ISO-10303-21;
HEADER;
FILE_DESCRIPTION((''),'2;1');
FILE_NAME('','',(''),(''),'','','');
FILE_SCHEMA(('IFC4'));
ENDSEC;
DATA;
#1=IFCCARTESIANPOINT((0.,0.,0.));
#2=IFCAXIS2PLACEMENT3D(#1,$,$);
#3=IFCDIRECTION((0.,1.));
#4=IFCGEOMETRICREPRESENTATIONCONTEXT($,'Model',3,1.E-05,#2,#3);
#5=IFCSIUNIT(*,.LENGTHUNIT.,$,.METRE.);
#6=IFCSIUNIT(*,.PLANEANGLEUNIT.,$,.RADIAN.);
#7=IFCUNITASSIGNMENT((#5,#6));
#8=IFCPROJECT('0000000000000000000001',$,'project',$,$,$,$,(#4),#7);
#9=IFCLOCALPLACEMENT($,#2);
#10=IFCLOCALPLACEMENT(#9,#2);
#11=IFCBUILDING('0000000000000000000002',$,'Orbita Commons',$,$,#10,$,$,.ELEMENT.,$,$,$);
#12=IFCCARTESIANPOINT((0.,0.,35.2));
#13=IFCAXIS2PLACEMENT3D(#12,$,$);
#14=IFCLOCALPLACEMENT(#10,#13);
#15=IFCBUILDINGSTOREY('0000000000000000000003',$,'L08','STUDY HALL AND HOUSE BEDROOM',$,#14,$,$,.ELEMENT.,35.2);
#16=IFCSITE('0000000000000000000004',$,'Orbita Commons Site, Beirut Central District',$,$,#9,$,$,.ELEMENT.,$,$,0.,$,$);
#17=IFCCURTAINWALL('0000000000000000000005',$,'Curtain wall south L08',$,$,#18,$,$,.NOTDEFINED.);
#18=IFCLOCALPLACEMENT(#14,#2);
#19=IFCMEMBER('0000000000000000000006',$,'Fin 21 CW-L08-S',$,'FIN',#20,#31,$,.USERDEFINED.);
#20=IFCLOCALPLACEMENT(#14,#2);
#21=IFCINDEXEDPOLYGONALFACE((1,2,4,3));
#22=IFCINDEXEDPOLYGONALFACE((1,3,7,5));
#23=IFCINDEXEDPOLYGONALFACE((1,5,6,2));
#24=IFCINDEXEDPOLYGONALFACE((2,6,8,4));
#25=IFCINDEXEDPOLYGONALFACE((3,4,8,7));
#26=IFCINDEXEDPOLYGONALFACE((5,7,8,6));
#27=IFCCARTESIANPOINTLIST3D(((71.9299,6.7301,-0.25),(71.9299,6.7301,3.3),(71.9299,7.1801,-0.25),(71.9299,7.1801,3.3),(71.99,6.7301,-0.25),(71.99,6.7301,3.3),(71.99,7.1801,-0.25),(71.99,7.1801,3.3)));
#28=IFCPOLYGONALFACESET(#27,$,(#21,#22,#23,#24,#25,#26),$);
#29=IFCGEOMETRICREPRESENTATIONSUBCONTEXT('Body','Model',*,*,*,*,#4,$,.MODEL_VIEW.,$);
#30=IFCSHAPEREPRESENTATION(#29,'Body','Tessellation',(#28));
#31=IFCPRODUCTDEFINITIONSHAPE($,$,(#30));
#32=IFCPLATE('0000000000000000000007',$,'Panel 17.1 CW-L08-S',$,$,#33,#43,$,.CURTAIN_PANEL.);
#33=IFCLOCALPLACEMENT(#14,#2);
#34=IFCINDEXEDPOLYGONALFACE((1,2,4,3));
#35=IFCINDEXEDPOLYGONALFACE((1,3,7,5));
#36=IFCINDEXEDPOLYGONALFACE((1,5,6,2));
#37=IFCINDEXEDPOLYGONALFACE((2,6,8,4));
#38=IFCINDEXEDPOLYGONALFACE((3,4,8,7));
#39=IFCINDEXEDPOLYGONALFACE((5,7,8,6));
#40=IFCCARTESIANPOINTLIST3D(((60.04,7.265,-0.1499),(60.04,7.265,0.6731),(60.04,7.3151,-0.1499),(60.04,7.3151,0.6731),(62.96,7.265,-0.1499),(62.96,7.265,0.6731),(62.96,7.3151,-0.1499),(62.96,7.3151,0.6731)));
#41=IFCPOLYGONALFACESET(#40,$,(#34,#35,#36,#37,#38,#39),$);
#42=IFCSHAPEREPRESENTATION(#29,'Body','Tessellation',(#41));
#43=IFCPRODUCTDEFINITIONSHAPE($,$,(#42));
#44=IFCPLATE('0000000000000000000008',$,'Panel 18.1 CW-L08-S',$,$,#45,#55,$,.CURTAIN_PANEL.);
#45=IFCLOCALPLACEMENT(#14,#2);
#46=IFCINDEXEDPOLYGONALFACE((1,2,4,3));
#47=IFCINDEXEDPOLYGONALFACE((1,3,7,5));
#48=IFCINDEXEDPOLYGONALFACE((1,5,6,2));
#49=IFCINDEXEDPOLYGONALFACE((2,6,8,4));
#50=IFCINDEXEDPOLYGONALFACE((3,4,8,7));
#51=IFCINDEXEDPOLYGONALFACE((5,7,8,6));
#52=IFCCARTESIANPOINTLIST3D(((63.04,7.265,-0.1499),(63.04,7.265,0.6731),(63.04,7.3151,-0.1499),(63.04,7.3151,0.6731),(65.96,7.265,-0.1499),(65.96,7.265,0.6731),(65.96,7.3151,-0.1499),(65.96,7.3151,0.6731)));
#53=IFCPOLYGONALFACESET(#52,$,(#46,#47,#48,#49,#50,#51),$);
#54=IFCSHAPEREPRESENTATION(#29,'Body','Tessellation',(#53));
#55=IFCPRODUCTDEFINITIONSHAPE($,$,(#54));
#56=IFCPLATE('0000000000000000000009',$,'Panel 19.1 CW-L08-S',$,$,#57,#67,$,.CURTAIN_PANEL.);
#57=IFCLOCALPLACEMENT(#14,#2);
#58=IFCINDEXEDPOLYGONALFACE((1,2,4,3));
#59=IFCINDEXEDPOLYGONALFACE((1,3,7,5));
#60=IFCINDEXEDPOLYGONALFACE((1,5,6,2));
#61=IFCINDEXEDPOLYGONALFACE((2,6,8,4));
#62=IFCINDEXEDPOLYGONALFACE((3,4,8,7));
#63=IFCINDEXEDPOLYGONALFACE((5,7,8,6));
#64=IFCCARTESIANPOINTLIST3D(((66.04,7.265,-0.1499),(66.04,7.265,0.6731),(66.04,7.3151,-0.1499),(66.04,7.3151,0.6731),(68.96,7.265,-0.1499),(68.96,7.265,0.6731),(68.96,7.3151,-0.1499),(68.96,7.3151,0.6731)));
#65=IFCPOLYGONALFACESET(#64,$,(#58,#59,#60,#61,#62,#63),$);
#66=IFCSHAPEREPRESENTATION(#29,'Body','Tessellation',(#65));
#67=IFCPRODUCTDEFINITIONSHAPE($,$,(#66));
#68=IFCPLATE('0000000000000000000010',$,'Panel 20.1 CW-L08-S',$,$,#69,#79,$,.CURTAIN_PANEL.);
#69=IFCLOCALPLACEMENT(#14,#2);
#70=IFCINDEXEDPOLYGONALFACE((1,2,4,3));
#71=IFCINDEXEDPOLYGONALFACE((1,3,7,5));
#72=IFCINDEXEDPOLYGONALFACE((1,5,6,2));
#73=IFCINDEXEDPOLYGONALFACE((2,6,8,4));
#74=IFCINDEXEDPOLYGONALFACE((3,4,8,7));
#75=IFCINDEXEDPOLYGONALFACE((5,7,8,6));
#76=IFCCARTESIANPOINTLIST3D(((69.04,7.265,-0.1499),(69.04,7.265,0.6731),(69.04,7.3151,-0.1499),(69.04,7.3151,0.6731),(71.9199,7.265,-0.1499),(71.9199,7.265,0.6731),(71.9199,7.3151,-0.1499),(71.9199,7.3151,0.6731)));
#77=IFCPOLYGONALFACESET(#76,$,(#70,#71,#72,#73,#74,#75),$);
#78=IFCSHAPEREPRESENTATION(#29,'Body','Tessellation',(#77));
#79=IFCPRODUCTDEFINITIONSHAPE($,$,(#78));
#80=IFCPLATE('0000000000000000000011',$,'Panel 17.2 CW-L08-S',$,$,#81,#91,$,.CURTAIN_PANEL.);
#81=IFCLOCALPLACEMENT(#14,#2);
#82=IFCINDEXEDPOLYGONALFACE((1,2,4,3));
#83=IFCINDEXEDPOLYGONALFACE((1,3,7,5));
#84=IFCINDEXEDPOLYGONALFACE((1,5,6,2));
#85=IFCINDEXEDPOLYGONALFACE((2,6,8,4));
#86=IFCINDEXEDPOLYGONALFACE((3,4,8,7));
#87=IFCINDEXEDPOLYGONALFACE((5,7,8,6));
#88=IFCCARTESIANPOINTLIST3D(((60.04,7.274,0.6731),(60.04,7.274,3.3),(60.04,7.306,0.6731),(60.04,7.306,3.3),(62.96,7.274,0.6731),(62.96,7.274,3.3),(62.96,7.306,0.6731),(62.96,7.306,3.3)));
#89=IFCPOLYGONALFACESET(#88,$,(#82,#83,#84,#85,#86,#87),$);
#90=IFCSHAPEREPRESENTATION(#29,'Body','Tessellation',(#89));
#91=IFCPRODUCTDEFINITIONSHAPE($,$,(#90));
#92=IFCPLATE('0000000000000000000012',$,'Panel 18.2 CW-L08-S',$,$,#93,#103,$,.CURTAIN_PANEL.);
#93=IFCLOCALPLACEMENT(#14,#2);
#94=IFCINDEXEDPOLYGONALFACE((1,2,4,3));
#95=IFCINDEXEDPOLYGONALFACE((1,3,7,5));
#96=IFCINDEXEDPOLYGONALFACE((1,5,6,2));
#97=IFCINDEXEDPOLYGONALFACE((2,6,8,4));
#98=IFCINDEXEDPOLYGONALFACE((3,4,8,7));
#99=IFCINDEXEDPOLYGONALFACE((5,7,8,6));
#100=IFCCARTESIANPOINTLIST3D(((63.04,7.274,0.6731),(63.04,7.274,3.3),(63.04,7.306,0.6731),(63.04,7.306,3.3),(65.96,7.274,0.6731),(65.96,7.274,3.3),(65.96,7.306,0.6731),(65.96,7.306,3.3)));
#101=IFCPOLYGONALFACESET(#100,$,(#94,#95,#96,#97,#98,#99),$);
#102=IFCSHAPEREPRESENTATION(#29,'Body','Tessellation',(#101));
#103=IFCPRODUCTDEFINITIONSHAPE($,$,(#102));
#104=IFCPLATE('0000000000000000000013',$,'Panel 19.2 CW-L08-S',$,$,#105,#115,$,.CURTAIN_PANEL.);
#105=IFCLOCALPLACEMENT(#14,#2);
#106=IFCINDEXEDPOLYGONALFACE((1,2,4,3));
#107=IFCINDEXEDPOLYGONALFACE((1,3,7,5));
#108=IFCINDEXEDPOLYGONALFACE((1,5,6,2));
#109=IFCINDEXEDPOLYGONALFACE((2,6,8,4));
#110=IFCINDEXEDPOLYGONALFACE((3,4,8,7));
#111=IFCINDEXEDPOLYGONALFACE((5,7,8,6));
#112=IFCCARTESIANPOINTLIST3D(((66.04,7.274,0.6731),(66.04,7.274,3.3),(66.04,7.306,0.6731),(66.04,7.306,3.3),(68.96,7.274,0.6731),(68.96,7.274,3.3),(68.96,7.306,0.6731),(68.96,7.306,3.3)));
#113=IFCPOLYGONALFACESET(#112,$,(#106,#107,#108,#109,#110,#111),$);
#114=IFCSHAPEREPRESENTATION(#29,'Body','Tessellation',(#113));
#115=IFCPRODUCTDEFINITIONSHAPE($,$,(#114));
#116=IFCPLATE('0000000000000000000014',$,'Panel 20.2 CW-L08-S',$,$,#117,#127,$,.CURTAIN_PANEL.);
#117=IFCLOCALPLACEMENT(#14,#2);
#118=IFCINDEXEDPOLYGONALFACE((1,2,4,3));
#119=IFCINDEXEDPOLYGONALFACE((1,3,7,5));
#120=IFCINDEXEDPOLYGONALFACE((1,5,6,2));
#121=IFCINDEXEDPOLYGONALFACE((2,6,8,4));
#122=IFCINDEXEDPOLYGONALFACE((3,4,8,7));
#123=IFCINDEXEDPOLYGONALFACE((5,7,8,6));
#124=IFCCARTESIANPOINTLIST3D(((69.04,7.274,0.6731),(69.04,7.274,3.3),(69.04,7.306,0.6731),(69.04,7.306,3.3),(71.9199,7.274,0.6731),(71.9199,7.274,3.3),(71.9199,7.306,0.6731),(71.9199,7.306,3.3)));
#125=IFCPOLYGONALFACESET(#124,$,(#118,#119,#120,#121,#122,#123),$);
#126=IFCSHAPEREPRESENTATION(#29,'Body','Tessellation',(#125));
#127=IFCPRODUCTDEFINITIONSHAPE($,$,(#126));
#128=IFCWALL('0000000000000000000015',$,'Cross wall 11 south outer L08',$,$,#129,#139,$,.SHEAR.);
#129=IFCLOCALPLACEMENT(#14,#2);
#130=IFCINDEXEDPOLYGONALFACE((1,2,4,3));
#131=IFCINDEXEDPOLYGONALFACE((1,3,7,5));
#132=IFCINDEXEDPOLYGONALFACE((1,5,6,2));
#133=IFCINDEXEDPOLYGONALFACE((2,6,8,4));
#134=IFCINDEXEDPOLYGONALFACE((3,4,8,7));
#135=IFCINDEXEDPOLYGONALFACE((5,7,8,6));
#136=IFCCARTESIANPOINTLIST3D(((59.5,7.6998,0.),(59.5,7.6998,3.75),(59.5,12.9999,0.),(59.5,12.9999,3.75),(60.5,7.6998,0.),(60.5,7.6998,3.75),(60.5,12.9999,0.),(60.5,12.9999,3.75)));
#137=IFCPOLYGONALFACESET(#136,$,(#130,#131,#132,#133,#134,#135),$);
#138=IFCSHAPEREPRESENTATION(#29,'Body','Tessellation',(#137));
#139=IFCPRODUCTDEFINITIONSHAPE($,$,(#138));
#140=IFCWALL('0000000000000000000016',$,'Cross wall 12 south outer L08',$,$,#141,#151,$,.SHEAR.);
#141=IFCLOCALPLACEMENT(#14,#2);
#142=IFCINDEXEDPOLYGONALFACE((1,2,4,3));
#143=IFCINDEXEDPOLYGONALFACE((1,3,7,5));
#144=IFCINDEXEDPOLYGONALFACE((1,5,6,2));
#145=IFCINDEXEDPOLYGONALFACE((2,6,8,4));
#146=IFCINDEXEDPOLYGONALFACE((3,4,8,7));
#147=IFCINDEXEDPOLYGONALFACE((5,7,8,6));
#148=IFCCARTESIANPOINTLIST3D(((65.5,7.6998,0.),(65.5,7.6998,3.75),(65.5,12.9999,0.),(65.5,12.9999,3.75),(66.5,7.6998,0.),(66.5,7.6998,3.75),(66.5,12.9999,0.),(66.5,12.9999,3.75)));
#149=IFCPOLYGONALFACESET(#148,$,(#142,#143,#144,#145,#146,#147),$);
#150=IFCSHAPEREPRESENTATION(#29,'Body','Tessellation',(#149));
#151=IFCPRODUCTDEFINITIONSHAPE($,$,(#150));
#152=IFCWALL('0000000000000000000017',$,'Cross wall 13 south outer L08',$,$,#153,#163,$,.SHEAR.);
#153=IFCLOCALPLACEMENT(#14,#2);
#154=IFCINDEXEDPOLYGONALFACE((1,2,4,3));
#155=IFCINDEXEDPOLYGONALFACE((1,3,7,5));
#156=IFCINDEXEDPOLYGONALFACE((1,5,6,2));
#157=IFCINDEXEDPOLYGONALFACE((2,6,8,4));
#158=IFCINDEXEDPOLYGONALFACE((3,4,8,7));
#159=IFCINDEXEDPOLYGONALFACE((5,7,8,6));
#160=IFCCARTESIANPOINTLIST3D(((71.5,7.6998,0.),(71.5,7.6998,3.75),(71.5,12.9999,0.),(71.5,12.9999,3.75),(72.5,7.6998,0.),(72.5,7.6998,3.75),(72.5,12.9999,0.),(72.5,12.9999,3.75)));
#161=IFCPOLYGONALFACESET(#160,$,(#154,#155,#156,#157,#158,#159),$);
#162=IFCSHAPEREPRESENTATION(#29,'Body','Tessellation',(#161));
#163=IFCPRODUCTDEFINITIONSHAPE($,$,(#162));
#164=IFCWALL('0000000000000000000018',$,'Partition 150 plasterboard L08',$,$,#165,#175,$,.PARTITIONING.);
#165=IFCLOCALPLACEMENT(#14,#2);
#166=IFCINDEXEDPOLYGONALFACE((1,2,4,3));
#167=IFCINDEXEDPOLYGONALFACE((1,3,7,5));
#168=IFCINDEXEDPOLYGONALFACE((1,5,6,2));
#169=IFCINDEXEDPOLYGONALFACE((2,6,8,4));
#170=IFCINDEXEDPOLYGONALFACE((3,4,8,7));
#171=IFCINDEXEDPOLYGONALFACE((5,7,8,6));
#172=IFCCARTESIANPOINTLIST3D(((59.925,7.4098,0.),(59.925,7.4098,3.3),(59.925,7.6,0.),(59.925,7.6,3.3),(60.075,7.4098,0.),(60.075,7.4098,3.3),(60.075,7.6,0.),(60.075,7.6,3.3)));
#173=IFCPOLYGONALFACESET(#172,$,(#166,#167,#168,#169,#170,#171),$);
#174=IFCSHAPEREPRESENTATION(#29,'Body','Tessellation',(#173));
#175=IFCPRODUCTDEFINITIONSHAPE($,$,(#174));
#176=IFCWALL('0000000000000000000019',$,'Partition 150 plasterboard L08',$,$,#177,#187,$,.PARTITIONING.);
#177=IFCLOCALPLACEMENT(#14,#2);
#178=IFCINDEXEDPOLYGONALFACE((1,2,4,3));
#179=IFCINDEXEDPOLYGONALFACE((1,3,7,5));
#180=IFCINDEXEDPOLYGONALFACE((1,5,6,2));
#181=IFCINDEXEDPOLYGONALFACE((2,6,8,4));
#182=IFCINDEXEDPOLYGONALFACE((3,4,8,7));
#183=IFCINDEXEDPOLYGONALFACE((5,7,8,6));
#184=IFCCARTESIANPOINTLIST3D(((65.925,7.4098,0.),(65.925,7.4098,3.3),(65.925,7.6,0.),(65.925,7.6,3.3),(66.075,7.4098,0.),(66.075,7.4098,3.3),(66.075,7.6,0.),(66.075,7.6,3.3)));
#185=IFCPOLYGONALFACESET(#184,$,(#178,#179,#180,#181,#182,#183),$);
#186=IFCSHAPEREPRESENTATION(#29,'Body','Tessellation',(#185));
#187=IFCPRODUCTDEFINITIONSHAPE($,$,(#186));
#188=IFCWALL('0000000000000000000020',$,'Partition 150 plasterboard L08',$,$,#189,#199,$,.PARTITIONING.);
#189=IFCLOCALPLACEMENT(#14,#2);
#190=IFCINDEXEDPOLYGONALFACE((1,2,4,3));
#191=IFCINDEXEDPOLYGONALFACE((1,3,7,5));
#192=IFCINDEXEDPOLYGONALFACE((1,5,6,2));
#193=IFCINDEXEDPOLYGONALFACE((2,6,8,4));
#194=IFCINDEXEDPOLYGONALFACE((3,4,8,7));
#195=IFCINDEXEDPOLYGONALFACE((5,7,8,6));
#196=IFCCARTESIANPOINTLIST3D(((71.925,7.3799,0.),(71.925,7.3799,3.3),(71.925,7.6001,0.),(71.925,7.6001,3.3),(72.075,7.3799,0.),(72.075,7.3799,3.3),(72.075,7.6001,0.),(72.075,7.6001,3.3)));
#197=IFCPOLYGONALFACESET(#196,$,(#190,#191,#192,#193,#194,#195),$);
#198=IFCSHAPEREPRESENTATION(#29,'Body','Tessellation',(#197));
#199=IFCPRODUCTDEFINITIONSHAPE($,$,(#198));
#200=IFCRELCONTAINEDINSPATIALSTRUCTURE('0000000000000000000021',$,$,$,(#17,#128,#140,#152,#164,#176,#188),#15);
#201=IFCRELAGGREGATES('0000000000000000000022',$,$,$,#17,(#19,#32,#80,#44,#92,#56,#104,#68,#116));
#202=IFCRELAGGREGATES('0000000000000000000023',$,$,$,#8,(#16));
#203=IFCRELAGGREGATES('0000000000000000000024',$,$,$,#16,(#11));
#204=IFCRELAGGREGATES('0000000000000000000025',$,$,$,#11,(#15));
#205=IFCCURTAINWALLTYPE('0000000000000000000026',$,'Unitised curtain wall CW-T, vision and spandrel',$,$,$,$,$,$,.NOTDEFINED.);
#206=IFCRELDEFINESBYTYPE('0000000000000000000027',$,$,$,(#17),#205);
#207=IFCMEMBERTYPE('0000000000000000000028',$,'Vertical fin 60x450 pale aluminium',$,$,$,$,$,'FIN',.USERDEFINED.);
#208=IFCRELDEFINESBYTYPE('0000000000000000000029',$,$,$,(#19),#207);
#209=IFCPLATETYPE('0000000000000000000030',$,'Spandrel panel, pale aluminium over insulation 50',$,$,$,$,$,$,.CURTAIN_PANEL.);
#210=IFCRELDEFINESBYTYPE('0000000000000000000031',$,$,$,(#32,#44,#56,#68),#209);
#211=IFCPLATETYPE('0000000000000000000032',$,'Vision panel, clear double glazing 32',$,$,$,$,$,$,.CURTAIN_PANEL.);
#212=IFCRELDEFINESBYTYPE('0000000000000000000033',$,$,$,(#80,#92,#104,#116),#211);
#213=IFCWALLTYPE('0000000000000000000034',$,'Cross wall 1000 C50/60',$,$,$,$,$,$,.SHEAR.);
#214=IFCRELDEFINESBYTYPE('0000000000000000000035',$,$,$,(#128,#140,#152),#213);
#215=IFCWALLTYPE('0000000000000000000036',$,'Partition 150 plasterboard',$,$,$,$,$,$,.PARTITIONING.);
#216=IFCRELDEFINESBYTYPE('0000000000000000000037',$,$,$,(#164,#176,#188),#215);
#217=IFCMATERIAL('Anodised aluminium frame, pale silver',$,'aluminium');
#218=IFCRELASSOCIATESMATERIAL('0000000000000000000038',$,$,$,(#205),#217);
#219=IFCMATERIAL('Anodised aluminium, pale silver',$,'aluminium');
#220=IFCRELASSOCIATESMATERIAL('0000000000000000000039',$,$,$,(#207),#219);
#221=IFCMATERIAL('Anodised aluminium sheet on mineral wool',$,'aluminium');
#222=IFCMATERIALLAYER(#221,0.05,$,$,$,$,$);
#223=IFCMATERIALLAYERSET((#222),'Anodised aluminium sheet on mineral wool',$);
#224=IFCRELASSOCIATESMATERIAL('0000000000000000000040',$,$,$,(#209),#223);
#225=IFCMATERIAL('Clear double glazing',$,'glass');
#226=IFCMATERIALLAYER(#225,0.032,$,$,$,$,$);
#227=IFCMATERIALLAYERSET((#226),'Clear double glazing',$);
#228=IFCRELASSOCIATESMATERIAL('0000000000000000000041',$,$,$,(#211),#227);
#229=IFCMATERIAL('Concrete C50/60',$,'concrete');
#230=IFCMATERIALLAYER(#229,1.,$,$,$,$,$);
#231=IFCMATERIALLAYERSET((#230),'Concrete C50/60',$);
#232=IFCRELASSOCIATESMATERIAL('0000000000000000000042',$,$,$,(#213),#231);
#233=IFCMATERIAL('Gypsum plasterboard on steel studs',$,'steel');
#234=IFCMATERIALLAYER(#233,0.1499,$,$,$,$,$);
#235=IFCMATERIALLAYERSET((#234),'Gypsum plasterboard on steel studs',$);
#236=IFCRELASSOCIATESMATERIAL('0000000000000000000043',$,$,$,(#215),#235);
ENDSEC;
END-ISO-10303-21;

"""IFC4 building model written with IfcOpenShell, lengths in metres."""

from ifc_helpers import new_model, si_unit, direction, frame, frame_2d, origin, origin_2d, place, context, subcontext, project, spatial, rectangle, extrude, material, layer, layer_set, material_profile, profile_set, type_object, element, aggregate, save


model = new_model("IFC4")

# Units and contexts
model_context = context("Model", 3, precision=1e-05, world=origin(), true_north=direction((0.0, 1.0)))
body_context = subcontext(model_context, "Body", "Model", "MODEL_VIEW")
ifc_project = project(units=[si_unit("LENGTHUNIT", "METRE"), si_unit("PLANEANGLEUNIT", "RADIAN")], contexts=[model_context])

# Site, building, storey
site_placement = place(None, origin())
site = spatial("IfcSite", under=ifc_project, at=site_placement, Name="Orbita Commons Site, Beirut Central District", CompositionType="ELEMENT", RefElevation=0.0)
building_placement = place(site_placement, origin())
building = spatial("IfcBuilding", under=site, at=building_placement, Name="Orbita Commons", CompositionType="ELEMENT")
storey_placement = place(building_placement, frame((0.0, 0.0, 35.2)))
storey = spatial("IfcBuildingStorey", under=building, at=storey_placement, Name="L08", Description="STUDY HALL AND HOUSE BEDROOM", CompositionType="ELEMENT", Elevation=35.2)

# Curtain wall
ifc_material_1 = material(Name="Anodised aluminium frame, pale silver", Category="aluminium")
curtain_wall_type = type_object("IfcCurtainWallType", Name="Unitised curtain wall CW-T, vision and spandrel", PredefinedType="NOTDEFINED", material=ifc_material_1)
curtain_wall_placement = place(storey_placement, origin())
curtain_wall = element("IfcCurtainWall", 1, at=curtain_wall_placement, inside=storey, type_object=curtain_wall_type, Name="Curtain wall south L08", PredefinedType="NOTDEFINED")

# Member
ifc_material_2 = material(Name="Anodised aluminium, pale silver", Category="aluminium")
ifc_material_profile_1 = material_profile(ifc_material_2, rectangle(XDim=0.0601, YDim=0.45, at=origin_2d()), Name="FIN 60x450")
ifc_profile_set_1 = profile_set([ifc_material_profile_1], Name="Anodised aluminium, pale silver")
member_type_1 = type_object("IfcMemberType", Name="Vertical fin 60x450 pale aluminium", ElementType="FIN", PredefinedType="USERDEFINED", material=ifc_profile_set_1)
member_1_placement = place(storey_placement, frame((71.96, 6.9551, -0.25), z_axis=(0.0, 0.0, 1.0), x_axis=(1.0, 0.0, 0.0)))
member_1 = element("IfcMember", 2, at=member_1_placement, type_object=member_type_1, Name="Fin 21 CW-L08-S", ObjectType="FIN", PredefinedType="USERDEFINED", context=body_context, shape_type="SweptSolid", body=[
    extrude(rectangle(XDim=0.0601, YDim=0.45, at=origin_2d()), origin(), (0.0, 0.0, 1.0), 3.55),
])

# Plates
ifc_material_3 = material(Name="Anodised aluminium sheet on mineral wool", Category="aluminium")
ifc_layer_1 = layer(ifc_material_3, 0.05)
ifc_layer_set_1 = layer_set([ifc_layer_1], Name="Anodised aluminium sheet on mineral wool")
plate_type_1 = type_object("IfcPlateType", Name="Spandrel panel, pale aluminium over insulation 50", PredefinedType="CURTAIN_PANEL", material=ifc_layer_set_1)
plate_1_placement = place(storey_placement, frame((61.5, 7.29, -0.1499), z_axis=(0.0, 0.0, 1.0), x_axis=(1.0, 0.0, 0.0)))
plate_1 = element("IfcPlate", 3, at=plate_1_placement, type_object=plate_type_1, Name="Panel 17.1 CW-L08-S", PredefinedType="CURTAIN_PANEL", context=body_context, shape_type="SweptSolid", body=[
    extrude(rectangle(XDim=2.9199, YDim=0.05, at=origin_2d()), origin(), (0.0, 0.0, 1.0), 0.823),
])
plate_2_placement = place(storey_placement, frame((64.5, 7.29, -0.1499), z_axis=(0.0, 0.0, 1.0), x_axis=(1.0, 0.0, 0.0)))
plate_2 = element("IfcPlate", 4, at=plate_2_placement, type_object=plate_type_1, Name="Panel 18.1 CW-L08-S", PredefinedType="CURTAIN_PANEL", context=body_context, shape_type="SweptSolid", body=[
    extrude(rectangle(XDim=2.9199, YDim=0.05, at=origin_2d()), origin(), (0.0, 0.0, 1.0), 0.823),
])
plate_3_placement = place(storey_placement, frame((67.5, 7.29, -0.1499), z_axis=(0.0, 0.0, 1.0), x_axis=(1.0, 0.0, 0.0)))
plate_3 = element("IfcPlate", 5, at=plate_3_placement, type_object=plate_type_1, Name="Panel 19.1 CW-L08-S", PredefinedType="CURTAIN_PANEL", context=body_context, shape_type="SweptSolid", body=[
    extrude(rectangle(XDim=2.9199, YDim=0.05, at=origin_2d()), origin(), (0.0, 0.0, 1.0), 0.823),
])
plate_4_placement = place(storey_placement, frame((70.48, 7.29, -0.1499), z_axis=(0.0, 0.0, 1.0), x_axis=(1.0, 0.0, 0.0)))
plate_4 = element("IfcPlate", 6, at=plate_4_placement, type_object=plate_type_1, Name="Panel 20.1 CW-L08-S", PredefinedType="CURTAIN_PANEL", context=body_context, shape_type="SweptSolid", body=[
    extrude(rectangle(XDim=2.8799, YDim=0.05, at=origin_2d()), origin(), (0.0, 0.0, 1.0), 0.823),
])
ifc_material_4 = material(Name="Clear double glazing", Category="glass")
ifc_layer_2 = layer(ifc_material_4, 0.032)
ifc_layer_set_2 = layer_set([ifc_layer_2], Name="Clear double glazing")
plate_type_2 = type_object("IfcPlateType", Name="Vision panel, clear double glazing 32", PredefinedType="CURTAIN_PANEL", material=ifc_layer_set_2)
plate_5_placement = place(storey_placement, frame((61.5, 7.29, 0.6731), z_axis=(0.0, 0.0, 1.0), x_axis=(1.0, 0.0, 0.0)))
plate_5 = element("IfcPlate", 7, at=plate_5_placement, type_object=plate_type_2, Name="Panel 17.2 CW-L08-S", PredefinedType="CURTAIN_PANEL", context=body_context, shape_type="SweptSolid", body=[
    extrude(rectangle(XDim=2.9199, YDim=0.032, at=origin_2d()), origin(), (0.0, 0.0, 1.0), 2.627),
])
plate_6_placement = place(storey_placement, frame((64.5, 7.29, 0.6731), z_axis=(0.0, 0.0, 1.0), x_axis=(1.0, 0.0, 0.0)))
plate_6 = element("IfcPlate", 8, at=plate_6_placement, type_object=plate_type_2, Name="Panel 18.2 CW-L08-S", PredefinedType="CURTAIN_PANEL", context=body_context, shape_type="SweptSolid", body=[
    extrude(rectangle(XDim=2.9199, YDim=0.032, at=origin_2d()), origin(), (0.0, 0.0, 1.0), 2.627),
])
plate_7_placement = place(storey_placement, frame((67.5, 7.29, 0.6731), z_axis=(0.0, 0.0, 1.0), x_axis=(1.0, 0.0, 0.0)))
plate_7 = element("IfcPlate", 9, at=plate_7_placement, type_object=plate_type_2, Name="Panel 19.2 CW-L08-S", PredefinedType="CURTAIN_PANEL", context=body_context, shape_type="SweptSolid", body=[
    extrude(rectangle(XDim=2.9199, YDim=0.032, at=origin_2d()), origin(), (0.0, 0.0, 1.0), 2.627),
])
plate_8_placement = place(storey_placement, frame((70.48, 7.29, 0.6731), z_axis=(0.0, 0.0, 1.0), x_axis=(1.0, 0.0, 0.0)))
plate_8 = element("IfcPlate", 10, at=plate_8_placement, type_object=plate_type_2, Name="Panel 20.2 CW-L08-S", PredefinedType="CURTAIN_PANEL", context=body_context, shape_type="SweptSolid", body=[
    extrude(rectangle(XDim=2.8799, YDim=0.032, at=origin_2d()), origin(), (0.0, 0.0, 1.0), 2.627),
])
aggregate(curtain_wall, [member_1, plate_1, plate_5, plate_2, plate_6, plate_3, plate_7, plate_4, plate_8])

# Walls
ifc_material_5 = material(Name="Concrete C50/60", Category="concrete")
ifc_layer_3 = layer(ifc_material_5, 1.0)
ifc_layer_set_3 = layer_set([ifc_layer_3], Name="Concrete C50/60")
wall_type_1 = type_object("IfcWallType", Name="Cross wall 1000 C50/60", PredefinedType="SHEAR", material=ifc_layer_set_3)
for number, where, z_axis, x_axis, name in (
    (11, (60.0, 7.7, 0.0), (0.0, 0.0, 1.0), (0.0, 1.0, 0.0), "Cross wall 11 south outer L08"),
    (12, (66.0, 7.7, 0.0), (0.0, 0.0, 1.0), (0.0, 1.0, 0.0), "Cross wall 12 south outer L08"),
    (13, (72.0, 7.7, 0.0), (0.0, 0.0, 1.0), (0.0, 1.0, 0.0), "Cross wall 13 south outer L08"),
):
    element("IfcWall", number, at=place(storey_placement, frame(where, z_axis=z_axis, x_axis=x_axis)), inside=storey, type_object=wall_type_1, Name=name, PredefinedType="SHEAR", context=body_context, shape_type="SweptSolid", body=[
        extrude(rectangle(XDim=5.3, YDim=1.0, at=frame_2d((2.6499, 0.0))), origin(), (0.0, 0.0, 1.0), 3.75),
    ])
ifc_material_6 = material(Name="Gypsum plasterboard on steel studs", Category="steel")
ifc_layer_4 = layer(ifc_material_6, 0.1499)
ifc_layer_set_4 = layer_set([ifc_layer_4], Name="Gypsum plasterboard on steel studs")
wall_type_2 = type_object("IfcWallType", Name="Partition 150 plasterboard", PredefinedType="PARTITIONING", material=ifc_layer_set_4)
for number, where, z_axis, x_axis, name in (
    (14, (60.0, 7.6001, 0.0), (0.0, 0.0, 1.0), (0.0, -1.0, 0.0), "Partition 150 plasterboard L08"),
    (15, (66.0, 7.6001, 0.0), (0.0, 0.0, 1.0), (0.0, -1.0, 0.0), "Partition 150 plasterboard L08"),
):
    element("IfcWall", number, at=place(storey_placement, frame(where, z_axis=z_axis, x_axis=x_axis)), inside=storey, type_object=wall_type_2, Name=name, PredefinedType="PARTITIONING", context=body_context, shape_type="SweptSolid", body=[
        extrude(rectangle(XDim=0.1902, YDim=0.1499, at=frame_2d((0.0952, 0.0))), origin(), (0.0, 0.0, 1.0), 3.3),
    ])
wall_1_placement = place(storey_placement, frame((72.0, 7.6001, 0.0), z_axis=(0.0, 0.0, 1.0), x_axis=(0.0, -1.0, 0.0)))
element("IfcWall", 16, at=wall_1_placement, inside=storey, type_object=wall_type_2, Name="Partition 150 plasterboard L08", PredefinedType="PARTITIONING", context=body_context, shape_type="SweptSolid", body=[
    extrude(rectangle(XDim=0.2202, YDim=0.1499, at=frame_2d((0.1101, 0.0))), origin(), (0.0, 0.0, 1.0), 3.3),
])

save(model, "model.ifc")
